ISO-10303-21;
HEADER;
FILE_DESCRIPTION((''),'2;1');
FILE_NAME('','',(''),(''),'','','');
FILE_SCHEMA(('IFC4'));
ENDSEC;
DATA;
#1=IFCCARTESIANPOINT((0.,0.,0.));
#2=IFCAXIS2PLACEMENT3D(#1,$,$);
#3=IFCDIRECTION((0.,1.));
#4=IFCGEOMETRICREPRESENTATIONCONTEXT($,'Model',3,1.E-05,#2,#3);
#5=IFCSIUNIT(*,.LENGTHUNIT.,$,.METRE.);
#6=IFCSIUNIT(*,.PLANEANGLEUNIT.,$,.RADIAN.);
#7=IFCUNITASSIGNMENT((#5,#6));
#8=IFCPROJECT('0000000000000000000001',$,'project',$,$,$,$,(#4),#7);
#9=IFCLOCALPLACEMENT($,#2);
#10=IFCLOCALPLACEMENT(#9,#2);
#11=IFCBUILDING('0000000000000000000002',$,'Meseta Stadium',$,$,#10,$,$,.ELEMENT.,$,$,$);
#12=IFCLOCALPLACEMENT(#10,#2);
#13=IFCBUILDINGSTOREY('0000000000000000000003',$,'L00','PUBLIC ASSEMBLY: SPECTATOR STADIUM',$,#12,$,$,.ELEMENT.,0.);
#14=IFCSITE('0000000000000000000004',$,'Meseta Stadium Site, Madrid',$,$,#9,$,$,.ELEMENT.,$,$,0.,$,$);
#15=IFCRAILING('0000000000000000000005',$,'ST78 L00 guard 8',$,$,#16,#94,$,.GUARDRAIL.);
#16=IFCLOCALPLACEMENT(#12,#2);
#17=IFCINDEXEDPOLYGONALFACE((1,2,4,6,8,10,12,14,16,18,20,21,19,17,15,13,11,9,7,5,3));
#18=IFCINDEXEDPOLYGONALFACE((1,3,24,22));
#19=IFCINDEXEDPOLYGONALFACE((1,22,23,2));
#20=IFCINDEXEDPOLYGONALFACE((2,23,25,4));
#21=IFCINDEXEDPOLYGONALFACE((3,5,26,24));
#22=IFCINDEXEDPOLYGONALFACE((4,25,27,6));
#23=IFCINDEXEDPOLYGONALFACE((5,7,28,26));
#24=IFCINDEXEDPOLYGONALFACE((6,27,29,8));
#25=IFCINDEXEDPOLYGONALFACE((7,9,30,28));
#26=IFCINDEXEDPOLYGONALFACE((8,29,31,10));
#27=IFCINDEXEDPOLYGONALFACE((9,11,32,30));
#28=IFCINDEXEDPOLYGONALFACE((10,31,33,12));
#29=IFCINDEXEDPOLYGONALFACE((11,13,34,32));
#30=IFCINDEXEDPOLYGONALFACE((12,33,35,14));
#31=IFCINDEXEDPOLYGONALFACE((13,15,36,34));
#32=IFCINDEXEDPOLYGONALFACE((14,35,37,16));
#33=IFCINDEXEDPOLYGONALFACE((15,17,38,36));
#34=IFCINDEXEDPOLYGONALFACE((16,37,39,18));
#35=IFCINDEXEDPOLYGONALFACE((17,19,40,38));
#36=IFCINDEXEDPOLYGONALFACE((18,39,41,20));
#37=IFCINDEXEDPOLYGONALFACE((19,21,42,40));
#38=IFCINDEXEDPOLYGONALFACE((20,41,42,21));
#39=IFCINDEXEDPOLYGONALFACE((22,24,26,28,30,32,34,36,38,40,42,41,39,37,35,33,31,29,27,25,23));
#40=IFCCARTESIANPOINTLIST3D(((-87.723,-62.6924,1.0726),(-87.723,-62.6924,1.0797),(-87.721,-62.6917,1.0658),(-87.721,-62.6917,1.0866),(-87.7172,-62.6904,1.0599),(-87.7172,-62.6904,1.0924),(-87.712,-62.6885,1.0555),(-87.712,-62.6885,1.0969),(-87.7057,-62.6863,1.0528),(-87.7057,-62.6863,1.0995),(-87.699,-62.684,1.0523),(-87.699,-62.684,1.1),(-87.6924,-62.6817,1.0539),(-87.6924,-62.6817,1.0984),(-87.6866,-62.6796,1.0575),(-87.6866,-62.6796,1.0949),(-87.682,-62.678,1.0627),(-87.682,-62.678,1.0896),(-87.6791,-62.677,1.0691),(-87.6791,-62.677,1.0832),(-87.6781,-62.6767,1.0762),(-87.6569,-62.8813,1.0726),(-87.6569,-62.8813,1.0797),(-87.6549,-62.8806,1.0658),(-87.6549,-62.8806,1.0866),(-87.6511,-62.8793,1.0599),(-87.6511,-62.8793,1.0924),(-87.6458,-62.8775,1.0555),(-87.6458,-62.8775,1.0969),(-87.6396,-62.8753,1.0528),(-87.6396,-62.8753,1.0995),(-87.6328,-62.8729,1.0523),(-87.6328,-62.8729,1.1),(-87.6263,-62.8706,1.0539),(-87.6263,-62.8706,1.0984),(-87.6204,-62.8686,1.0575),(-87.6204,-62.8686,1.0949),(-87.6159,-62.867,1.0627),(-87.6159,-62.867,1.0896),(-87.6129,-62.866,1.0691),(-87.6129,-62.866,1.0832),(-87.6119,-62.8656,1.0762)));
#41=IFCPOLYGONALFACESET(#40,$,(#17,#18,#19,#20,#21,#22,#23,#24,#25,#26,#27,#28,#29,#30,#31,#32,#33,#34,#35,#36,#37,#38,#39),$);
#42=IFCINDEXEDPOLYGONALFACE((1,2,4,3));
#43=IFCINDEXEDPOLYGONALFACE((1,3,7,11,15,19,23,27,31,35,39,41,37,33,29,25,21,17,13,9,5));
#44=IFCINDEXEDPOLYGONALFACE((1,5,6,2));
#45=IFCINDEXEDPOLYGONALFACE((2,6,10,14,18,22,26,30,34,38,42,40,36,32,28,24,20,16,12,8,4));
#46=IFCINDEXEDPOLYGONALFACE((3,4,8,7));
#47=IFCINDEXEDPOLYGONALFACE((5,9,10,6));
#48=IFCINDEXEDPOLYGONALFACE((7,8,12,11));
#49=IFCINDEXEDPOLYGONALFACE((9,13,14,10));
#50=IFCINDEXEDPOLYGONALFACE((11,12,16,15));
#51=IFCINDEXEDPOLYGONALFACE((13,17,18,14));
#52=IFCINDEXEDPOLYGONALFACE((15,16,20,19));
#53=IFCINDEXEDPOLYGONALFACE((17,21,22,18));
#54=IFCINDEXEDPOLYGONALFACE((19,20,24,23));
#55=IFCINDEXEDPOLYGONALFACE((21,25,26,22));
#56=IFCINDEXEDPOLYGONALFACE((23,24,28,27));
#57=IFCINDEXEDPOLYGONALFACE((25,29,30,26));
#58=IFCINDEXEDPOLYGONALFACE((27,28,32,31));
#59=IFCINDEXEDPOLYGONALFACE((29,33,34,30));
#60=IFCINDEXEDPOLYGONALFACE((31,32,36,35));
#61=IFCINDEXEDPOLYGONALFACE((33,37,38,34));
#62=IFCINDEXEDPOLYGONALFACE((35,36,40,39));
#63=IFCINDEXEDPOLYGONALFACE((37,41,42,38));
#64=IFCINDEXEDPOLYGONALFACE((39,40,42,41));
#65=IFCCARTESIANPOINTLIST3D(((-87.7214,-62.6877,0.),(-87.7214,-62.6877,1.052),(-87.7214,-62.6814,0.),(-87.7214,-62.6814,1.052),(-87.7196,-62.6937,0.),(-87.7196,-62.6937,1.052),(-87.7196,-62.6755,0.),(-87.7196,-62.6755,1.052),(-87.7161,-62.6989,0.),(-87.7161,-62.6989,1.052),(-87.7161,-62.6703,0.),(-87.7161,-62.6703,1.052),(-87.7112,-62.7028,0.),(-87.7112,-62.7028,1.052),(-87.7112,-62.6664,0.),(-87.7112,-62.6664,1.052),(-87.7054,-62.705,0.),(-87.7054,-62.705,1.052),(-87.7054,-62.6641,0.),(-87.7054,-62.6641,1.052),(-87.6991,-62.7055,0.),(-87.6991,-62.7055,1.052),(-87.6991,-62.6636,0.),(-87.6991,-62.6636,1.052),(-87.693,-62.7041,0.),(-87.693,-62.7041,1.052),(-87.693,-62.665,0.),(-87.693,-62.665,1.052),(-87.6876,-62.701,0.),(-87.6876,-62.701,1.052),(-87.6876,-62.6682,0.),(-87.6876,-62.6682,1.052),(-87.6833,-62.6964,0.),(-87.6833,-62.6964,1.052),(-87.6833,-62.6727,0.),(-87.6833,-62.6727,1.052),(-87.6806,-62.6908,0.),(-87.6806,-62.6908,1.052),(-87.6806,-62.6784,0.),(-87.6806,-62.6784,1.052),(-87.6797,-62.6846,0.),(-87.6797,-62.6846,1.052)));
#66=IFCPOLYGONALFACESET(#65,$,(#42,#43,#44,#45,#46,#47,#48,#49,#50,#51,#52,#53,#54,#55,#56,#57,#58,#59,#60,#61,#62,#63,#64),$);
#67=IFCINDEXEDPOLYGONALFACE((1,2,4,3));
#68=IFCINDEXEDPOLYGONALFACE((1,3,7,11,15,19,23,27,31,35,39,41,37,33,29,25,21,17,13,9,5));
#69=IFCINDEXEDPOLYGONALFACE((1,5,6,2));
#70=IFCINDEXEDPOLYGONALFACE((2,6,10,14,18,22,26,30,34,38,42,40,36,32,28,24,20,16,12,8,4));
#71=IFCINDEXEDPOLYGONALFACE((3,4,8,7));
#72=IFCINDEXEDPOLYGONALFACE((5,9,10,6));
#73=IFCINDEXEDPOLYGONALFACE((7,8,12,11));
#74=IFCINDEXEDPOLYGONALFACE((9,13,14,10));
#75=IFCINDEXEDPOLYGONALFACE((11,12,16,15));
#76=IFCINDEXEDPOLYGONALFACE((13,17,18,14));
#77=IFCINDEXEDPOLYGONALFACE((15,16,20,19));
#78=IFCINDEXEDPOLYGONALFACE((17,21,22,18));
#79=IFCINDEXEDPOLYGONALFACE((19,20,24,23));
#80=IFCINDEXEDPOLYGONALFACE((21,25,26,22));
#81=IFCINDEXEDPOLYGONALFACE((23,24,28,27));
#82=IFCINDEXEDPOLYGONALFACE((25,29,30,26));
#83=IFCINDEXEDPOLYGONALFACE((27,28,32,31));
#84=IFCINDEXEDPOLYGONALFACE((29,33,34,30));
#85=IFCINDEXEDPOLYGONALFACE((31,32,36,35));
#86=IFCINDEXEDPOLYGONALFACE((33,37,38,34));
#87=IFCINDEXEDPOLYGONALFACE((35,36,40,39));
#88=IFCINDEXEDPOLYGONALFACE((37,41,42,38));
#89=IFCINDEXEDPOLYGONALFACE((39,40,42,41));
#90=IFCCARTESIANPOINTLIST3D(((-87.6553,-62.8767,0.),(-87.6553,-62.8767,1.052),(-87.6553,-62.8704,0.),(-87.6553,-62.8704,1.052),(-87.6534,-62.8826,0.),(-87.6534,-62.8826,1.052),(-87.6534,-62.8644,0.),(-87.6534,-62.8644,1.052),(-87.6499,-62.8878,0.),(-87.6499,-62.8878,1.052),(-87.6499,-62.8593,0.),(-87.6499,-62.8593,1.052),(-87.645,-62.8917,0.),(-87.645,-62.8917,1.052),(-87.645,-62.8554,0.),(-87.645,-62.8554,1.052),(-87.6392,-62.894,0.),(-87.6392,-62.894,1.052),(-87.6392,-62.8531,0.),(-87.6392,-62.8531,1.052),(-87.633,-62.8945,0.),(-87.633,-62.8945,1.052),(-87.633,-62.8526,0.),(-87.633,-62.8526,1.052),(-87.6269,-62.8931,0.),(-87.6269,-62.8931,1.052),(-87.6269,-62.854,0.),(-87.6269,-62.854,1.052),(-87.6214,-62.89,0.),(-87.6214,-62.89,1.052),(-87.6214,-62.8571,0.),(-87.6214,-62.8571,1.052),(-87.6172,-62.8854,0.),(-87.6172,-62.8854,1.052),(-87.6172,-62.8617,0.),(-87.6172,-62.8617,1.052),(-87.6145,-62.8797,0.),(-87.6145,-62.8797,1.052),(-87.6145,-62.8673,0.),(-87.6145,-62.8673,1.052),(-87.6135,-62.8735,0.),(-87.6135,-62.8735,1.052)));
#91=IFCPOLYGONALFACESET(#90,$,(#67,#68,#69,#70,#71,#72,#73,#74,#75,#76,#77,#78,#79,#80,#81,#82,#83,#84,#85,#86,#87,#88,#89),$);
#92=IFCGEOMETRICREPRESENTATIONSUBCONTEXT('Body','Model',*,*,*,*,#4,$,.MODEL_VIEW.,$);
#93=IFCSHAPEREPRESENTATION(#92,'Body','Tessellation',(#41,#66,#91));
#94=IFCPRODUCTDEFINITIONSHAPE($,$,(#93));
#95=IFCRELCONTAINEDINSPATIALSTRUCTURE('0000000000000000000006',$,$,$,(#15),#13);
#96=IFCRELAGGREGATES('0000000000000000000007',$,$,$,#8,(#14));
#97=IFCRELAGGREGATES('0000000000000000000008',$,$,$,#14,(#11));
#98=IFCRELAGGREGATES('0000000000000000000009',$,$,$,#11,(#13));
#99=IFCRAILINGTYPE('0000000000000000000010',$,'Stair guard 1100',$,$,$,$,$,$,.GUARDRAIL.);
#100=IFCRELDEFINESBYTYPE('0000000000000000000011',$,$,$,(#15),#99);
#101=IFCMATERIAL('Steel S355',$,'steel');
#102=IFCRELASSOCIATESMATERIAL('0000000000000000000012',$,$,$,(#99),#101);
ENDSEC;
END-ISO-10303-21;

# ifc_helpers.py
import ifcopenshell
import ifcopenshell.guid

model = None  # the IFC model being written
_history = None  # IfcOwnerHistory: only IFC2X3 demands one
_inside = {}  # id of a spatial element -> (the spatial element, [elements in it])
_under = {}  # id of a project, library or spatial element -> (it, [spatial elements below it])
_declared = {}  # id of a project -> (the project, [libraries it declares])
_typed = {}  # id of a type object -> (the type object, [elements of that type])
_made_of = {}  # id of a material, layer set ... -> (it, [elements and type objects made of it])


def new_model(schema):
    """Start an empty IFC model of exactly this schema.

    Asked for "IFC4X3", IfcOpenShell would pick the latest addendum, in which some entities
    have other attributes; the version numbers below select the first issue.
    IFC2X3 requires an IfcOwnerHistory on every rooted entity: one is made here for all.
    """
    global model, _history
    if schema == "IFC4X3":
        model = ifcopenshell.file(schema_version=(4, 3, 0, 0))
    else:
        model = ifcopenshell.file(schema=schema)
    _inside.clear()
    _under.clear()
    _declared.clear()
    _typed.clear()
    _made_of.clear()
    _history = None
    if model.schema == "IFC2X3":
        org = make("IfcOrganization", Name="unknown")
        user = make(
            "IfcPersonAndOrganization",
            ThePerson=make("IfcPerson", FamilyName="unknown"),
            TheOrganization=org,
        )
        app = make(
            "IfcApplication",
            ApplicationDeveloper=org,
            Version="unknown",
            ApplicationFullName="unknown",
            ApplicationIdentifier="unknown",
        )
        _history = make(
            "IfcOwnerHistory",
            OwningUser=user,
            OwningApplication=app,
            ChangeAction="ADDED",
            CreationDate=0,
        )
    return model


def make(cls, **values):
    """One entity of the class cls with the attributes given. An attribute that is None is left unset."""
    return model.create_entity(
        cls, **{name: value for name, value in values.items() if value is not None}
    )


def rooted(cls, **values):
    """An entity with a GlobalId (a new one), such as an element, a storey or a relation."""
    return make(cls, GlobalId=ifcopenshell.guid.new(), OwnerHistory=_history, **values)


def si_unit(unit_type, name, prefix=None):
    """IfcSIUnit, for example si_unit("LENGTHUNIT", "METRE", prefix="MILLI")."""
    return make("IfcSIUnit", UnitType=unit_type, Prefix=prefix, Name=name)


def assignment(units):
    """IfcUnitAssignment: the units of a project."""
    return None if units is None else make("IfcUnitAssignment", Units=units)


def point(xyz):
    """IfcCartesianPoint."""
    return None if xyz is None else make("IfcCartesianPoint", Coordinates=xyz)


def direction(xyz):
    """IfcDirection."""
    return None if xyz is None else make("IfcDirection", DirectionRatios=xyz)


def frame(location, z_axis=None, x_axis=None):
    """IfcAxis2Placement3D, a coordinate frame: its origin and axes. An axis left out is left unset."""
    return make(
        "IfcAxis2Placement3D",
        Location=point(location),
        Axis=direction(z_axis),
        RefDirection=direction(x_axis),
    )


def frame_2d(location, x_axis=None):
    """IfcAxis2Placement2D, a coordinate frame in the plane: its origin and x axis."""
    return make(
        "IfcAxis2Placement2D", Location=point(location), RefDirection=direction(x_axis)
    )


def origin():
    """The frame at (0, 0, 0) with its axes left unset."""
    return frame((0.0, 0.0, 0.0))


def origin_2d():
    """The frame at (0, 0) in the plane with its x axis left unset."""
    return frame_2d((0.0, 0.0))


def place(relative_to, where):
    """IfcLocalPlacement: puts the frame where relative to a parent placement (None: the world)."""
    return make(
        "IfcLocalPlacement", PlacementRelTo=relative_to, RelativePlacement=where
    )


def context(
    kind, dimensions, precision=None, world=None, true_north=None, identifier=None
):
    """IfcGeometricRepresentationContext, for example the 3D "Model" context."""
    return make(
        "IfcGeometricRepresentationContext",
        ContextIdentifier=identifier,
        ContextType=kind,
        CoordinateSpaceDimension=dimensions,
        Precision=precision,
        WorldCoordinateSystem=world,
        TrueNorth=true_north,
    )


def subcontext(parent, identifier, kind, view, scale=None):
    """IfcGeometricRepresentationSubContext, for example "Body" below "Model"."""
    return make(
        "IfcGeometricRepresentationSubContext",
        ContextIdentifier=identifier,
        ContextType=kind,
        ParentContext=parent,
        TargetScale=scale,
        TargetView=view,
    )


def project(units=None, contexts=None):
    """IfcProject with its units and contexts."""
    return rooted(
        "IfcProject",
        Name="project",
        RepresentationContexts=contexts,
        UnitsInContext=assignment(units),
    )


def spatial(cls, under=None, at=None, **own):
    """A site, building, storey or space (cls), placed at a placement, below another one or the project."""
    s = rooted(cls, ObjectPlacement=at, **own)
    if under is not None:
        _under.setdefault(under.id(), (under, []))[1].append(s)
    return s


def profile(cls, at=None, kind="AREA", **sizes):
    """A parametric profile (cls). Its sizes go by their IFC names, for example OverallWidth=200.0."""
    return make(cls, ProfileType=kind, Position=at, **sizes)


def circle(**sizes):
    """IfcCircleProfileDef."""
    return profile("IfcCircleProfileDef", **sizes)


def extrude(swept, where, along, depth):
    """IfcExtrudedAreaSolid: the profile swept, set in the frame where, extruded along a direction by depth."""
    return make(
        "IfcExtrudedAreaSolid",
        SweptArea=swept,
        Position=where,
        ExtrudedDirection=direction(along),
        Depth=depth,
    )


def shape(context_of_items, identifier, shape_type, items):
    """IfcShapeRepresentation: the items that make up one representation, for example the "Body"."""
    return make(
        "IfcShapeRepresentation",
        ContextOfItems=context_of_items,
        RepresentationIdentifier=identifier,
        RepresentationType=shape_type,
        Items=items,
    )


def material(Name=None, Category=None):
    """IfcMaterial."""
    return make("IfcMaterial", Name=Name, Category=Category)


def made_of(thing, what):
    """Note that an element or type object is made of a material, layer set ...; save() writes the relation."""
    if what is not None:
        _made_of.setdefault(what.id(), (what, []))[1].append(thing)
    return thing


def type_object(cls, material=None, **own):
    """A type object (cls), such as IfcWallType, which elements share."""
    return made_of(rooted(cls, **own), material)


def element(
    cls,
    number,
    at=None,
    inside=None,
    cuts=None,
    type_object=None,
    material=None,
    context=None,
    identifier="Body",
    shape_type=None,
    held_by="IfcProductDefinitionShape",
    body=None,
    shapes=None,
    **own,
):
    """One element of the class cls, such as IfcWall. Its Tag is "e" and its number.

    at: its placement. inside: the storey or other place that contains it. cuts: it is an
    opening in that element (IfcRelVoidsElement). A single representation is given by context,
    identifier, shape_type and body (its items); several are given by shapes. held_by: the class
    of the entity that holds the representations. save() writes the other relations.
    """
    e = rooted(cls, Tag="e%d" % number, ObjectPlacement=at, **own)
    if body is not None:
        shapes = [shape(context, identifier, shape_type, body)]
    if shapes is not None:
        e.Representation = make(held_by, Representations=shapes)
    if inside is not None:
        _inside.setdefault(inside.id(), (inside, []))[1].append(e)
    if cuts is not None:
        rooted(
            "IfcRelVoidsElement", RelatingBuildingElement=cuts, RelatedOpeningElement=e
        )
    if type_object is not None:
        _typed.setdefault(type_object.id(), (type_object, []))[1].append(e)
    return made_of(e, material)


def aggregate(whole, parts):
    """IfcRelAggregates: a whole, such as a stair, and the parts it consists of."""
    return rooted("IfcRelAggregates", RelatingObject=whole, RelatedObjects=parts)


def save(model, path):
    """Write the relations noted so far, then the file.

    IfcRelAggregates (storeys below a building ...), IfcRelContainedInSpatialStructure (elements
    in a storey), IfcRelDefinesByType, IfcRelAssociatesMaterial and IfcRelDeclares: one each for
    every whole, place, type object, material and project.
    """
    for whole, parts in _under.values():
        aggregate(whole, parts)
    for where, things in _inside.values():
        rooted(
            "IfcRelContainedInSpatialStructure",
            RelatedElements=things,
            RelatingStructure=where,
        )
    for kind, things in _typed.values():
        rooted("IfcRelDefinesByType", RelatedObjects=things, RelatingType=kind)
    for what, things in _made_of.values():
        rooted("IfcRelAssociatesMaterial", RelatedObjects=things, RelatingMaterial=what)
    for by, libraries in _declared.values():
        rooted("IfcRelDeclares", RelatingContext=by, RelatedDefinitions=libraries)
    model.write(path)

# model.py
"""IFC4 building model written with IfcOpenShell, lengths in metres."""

from ifc_helpers import new_model, si_unit, direction, frame, origin, origin_2d, place, context, subcontext, project, spatial, circle, extrude, material, type_object, element, save


model = new_model("IFC4")

# Units and contexts
model_context = context("Model", 3, precision=1e-05, world=origin(), true_north=direction((0.0, 1.0)))
body_context = subcontext(model_context, "Body", "Model", "MODEL_VIEW")
ifc_project = project(units=[si_unit("LENGTHUNIT", "METRE"), si_unit("PLANEANGLEUNIT", "RADIAN")], contexts=[model_context])

# Site, building, storey
site_placement = place(None, origin())
site = spatial("IfcSite", under=ifc_project, at=site_placement, Name="Meseta Stadium Site, Madrid", CompositionType="ELEMENT", RefElevation=0.0)
building_placement = place(site_placement, origin())
building = spatial("IfcBuilding", under=site, at=building_placement, Name="Meseta Stadium", CompositionType="ELEMENT")
storey_placement = place(building_placement, origin())
storey = spatial("IfcBuildingStorey", under=building, at=storey_placement, Name="L00", Description="PUBLIC ASSEMBLY: SPECTATOR STADIUM", CompositionType="ELEMENT", Elevation=0.0)

# Railing
ifc_material_1 = material(Name="Steel S355", Category="steel")
railing_type_1 = type_object("IfcRailingType", Name="Stair guard 1100", PredefinedType="GUARDRAIL", material=ifc_material_1)
railing_1_placement = place(storey_placement, frame((-87.7007, -62.6846, 0.0)))
element("IfcRailing", 1, at=railing_1_placement, inside=storey, type_object=railing_type_1, Name="ST78 L00 guard 8", PredefinedType="GUARDRAIL", context=body_context, shape_type="SweptSolid", body=[
    extrude(circle(Radius=0.0239, at=origin_2d()), frame((0.0, 0.0, 1.0762), z_axis=(0.330459, -0.94382, 0.0), x_axis=(0.94382, 0.330459, 0.0)), (0.0, 0.0, 1.0), 0.2002),
    extrude(circle(Radius=0.021, at=origin_2d()), origin(), (0.0, 0.0, 1.0), 1.052),
    extrude(circle(Radius=0.021, at=origin_2d()), frame((0.0662, -0.189, 0.0)), (0.0, 0.0, 1.0), 1.052),
])

save(model, "model.ifc")
